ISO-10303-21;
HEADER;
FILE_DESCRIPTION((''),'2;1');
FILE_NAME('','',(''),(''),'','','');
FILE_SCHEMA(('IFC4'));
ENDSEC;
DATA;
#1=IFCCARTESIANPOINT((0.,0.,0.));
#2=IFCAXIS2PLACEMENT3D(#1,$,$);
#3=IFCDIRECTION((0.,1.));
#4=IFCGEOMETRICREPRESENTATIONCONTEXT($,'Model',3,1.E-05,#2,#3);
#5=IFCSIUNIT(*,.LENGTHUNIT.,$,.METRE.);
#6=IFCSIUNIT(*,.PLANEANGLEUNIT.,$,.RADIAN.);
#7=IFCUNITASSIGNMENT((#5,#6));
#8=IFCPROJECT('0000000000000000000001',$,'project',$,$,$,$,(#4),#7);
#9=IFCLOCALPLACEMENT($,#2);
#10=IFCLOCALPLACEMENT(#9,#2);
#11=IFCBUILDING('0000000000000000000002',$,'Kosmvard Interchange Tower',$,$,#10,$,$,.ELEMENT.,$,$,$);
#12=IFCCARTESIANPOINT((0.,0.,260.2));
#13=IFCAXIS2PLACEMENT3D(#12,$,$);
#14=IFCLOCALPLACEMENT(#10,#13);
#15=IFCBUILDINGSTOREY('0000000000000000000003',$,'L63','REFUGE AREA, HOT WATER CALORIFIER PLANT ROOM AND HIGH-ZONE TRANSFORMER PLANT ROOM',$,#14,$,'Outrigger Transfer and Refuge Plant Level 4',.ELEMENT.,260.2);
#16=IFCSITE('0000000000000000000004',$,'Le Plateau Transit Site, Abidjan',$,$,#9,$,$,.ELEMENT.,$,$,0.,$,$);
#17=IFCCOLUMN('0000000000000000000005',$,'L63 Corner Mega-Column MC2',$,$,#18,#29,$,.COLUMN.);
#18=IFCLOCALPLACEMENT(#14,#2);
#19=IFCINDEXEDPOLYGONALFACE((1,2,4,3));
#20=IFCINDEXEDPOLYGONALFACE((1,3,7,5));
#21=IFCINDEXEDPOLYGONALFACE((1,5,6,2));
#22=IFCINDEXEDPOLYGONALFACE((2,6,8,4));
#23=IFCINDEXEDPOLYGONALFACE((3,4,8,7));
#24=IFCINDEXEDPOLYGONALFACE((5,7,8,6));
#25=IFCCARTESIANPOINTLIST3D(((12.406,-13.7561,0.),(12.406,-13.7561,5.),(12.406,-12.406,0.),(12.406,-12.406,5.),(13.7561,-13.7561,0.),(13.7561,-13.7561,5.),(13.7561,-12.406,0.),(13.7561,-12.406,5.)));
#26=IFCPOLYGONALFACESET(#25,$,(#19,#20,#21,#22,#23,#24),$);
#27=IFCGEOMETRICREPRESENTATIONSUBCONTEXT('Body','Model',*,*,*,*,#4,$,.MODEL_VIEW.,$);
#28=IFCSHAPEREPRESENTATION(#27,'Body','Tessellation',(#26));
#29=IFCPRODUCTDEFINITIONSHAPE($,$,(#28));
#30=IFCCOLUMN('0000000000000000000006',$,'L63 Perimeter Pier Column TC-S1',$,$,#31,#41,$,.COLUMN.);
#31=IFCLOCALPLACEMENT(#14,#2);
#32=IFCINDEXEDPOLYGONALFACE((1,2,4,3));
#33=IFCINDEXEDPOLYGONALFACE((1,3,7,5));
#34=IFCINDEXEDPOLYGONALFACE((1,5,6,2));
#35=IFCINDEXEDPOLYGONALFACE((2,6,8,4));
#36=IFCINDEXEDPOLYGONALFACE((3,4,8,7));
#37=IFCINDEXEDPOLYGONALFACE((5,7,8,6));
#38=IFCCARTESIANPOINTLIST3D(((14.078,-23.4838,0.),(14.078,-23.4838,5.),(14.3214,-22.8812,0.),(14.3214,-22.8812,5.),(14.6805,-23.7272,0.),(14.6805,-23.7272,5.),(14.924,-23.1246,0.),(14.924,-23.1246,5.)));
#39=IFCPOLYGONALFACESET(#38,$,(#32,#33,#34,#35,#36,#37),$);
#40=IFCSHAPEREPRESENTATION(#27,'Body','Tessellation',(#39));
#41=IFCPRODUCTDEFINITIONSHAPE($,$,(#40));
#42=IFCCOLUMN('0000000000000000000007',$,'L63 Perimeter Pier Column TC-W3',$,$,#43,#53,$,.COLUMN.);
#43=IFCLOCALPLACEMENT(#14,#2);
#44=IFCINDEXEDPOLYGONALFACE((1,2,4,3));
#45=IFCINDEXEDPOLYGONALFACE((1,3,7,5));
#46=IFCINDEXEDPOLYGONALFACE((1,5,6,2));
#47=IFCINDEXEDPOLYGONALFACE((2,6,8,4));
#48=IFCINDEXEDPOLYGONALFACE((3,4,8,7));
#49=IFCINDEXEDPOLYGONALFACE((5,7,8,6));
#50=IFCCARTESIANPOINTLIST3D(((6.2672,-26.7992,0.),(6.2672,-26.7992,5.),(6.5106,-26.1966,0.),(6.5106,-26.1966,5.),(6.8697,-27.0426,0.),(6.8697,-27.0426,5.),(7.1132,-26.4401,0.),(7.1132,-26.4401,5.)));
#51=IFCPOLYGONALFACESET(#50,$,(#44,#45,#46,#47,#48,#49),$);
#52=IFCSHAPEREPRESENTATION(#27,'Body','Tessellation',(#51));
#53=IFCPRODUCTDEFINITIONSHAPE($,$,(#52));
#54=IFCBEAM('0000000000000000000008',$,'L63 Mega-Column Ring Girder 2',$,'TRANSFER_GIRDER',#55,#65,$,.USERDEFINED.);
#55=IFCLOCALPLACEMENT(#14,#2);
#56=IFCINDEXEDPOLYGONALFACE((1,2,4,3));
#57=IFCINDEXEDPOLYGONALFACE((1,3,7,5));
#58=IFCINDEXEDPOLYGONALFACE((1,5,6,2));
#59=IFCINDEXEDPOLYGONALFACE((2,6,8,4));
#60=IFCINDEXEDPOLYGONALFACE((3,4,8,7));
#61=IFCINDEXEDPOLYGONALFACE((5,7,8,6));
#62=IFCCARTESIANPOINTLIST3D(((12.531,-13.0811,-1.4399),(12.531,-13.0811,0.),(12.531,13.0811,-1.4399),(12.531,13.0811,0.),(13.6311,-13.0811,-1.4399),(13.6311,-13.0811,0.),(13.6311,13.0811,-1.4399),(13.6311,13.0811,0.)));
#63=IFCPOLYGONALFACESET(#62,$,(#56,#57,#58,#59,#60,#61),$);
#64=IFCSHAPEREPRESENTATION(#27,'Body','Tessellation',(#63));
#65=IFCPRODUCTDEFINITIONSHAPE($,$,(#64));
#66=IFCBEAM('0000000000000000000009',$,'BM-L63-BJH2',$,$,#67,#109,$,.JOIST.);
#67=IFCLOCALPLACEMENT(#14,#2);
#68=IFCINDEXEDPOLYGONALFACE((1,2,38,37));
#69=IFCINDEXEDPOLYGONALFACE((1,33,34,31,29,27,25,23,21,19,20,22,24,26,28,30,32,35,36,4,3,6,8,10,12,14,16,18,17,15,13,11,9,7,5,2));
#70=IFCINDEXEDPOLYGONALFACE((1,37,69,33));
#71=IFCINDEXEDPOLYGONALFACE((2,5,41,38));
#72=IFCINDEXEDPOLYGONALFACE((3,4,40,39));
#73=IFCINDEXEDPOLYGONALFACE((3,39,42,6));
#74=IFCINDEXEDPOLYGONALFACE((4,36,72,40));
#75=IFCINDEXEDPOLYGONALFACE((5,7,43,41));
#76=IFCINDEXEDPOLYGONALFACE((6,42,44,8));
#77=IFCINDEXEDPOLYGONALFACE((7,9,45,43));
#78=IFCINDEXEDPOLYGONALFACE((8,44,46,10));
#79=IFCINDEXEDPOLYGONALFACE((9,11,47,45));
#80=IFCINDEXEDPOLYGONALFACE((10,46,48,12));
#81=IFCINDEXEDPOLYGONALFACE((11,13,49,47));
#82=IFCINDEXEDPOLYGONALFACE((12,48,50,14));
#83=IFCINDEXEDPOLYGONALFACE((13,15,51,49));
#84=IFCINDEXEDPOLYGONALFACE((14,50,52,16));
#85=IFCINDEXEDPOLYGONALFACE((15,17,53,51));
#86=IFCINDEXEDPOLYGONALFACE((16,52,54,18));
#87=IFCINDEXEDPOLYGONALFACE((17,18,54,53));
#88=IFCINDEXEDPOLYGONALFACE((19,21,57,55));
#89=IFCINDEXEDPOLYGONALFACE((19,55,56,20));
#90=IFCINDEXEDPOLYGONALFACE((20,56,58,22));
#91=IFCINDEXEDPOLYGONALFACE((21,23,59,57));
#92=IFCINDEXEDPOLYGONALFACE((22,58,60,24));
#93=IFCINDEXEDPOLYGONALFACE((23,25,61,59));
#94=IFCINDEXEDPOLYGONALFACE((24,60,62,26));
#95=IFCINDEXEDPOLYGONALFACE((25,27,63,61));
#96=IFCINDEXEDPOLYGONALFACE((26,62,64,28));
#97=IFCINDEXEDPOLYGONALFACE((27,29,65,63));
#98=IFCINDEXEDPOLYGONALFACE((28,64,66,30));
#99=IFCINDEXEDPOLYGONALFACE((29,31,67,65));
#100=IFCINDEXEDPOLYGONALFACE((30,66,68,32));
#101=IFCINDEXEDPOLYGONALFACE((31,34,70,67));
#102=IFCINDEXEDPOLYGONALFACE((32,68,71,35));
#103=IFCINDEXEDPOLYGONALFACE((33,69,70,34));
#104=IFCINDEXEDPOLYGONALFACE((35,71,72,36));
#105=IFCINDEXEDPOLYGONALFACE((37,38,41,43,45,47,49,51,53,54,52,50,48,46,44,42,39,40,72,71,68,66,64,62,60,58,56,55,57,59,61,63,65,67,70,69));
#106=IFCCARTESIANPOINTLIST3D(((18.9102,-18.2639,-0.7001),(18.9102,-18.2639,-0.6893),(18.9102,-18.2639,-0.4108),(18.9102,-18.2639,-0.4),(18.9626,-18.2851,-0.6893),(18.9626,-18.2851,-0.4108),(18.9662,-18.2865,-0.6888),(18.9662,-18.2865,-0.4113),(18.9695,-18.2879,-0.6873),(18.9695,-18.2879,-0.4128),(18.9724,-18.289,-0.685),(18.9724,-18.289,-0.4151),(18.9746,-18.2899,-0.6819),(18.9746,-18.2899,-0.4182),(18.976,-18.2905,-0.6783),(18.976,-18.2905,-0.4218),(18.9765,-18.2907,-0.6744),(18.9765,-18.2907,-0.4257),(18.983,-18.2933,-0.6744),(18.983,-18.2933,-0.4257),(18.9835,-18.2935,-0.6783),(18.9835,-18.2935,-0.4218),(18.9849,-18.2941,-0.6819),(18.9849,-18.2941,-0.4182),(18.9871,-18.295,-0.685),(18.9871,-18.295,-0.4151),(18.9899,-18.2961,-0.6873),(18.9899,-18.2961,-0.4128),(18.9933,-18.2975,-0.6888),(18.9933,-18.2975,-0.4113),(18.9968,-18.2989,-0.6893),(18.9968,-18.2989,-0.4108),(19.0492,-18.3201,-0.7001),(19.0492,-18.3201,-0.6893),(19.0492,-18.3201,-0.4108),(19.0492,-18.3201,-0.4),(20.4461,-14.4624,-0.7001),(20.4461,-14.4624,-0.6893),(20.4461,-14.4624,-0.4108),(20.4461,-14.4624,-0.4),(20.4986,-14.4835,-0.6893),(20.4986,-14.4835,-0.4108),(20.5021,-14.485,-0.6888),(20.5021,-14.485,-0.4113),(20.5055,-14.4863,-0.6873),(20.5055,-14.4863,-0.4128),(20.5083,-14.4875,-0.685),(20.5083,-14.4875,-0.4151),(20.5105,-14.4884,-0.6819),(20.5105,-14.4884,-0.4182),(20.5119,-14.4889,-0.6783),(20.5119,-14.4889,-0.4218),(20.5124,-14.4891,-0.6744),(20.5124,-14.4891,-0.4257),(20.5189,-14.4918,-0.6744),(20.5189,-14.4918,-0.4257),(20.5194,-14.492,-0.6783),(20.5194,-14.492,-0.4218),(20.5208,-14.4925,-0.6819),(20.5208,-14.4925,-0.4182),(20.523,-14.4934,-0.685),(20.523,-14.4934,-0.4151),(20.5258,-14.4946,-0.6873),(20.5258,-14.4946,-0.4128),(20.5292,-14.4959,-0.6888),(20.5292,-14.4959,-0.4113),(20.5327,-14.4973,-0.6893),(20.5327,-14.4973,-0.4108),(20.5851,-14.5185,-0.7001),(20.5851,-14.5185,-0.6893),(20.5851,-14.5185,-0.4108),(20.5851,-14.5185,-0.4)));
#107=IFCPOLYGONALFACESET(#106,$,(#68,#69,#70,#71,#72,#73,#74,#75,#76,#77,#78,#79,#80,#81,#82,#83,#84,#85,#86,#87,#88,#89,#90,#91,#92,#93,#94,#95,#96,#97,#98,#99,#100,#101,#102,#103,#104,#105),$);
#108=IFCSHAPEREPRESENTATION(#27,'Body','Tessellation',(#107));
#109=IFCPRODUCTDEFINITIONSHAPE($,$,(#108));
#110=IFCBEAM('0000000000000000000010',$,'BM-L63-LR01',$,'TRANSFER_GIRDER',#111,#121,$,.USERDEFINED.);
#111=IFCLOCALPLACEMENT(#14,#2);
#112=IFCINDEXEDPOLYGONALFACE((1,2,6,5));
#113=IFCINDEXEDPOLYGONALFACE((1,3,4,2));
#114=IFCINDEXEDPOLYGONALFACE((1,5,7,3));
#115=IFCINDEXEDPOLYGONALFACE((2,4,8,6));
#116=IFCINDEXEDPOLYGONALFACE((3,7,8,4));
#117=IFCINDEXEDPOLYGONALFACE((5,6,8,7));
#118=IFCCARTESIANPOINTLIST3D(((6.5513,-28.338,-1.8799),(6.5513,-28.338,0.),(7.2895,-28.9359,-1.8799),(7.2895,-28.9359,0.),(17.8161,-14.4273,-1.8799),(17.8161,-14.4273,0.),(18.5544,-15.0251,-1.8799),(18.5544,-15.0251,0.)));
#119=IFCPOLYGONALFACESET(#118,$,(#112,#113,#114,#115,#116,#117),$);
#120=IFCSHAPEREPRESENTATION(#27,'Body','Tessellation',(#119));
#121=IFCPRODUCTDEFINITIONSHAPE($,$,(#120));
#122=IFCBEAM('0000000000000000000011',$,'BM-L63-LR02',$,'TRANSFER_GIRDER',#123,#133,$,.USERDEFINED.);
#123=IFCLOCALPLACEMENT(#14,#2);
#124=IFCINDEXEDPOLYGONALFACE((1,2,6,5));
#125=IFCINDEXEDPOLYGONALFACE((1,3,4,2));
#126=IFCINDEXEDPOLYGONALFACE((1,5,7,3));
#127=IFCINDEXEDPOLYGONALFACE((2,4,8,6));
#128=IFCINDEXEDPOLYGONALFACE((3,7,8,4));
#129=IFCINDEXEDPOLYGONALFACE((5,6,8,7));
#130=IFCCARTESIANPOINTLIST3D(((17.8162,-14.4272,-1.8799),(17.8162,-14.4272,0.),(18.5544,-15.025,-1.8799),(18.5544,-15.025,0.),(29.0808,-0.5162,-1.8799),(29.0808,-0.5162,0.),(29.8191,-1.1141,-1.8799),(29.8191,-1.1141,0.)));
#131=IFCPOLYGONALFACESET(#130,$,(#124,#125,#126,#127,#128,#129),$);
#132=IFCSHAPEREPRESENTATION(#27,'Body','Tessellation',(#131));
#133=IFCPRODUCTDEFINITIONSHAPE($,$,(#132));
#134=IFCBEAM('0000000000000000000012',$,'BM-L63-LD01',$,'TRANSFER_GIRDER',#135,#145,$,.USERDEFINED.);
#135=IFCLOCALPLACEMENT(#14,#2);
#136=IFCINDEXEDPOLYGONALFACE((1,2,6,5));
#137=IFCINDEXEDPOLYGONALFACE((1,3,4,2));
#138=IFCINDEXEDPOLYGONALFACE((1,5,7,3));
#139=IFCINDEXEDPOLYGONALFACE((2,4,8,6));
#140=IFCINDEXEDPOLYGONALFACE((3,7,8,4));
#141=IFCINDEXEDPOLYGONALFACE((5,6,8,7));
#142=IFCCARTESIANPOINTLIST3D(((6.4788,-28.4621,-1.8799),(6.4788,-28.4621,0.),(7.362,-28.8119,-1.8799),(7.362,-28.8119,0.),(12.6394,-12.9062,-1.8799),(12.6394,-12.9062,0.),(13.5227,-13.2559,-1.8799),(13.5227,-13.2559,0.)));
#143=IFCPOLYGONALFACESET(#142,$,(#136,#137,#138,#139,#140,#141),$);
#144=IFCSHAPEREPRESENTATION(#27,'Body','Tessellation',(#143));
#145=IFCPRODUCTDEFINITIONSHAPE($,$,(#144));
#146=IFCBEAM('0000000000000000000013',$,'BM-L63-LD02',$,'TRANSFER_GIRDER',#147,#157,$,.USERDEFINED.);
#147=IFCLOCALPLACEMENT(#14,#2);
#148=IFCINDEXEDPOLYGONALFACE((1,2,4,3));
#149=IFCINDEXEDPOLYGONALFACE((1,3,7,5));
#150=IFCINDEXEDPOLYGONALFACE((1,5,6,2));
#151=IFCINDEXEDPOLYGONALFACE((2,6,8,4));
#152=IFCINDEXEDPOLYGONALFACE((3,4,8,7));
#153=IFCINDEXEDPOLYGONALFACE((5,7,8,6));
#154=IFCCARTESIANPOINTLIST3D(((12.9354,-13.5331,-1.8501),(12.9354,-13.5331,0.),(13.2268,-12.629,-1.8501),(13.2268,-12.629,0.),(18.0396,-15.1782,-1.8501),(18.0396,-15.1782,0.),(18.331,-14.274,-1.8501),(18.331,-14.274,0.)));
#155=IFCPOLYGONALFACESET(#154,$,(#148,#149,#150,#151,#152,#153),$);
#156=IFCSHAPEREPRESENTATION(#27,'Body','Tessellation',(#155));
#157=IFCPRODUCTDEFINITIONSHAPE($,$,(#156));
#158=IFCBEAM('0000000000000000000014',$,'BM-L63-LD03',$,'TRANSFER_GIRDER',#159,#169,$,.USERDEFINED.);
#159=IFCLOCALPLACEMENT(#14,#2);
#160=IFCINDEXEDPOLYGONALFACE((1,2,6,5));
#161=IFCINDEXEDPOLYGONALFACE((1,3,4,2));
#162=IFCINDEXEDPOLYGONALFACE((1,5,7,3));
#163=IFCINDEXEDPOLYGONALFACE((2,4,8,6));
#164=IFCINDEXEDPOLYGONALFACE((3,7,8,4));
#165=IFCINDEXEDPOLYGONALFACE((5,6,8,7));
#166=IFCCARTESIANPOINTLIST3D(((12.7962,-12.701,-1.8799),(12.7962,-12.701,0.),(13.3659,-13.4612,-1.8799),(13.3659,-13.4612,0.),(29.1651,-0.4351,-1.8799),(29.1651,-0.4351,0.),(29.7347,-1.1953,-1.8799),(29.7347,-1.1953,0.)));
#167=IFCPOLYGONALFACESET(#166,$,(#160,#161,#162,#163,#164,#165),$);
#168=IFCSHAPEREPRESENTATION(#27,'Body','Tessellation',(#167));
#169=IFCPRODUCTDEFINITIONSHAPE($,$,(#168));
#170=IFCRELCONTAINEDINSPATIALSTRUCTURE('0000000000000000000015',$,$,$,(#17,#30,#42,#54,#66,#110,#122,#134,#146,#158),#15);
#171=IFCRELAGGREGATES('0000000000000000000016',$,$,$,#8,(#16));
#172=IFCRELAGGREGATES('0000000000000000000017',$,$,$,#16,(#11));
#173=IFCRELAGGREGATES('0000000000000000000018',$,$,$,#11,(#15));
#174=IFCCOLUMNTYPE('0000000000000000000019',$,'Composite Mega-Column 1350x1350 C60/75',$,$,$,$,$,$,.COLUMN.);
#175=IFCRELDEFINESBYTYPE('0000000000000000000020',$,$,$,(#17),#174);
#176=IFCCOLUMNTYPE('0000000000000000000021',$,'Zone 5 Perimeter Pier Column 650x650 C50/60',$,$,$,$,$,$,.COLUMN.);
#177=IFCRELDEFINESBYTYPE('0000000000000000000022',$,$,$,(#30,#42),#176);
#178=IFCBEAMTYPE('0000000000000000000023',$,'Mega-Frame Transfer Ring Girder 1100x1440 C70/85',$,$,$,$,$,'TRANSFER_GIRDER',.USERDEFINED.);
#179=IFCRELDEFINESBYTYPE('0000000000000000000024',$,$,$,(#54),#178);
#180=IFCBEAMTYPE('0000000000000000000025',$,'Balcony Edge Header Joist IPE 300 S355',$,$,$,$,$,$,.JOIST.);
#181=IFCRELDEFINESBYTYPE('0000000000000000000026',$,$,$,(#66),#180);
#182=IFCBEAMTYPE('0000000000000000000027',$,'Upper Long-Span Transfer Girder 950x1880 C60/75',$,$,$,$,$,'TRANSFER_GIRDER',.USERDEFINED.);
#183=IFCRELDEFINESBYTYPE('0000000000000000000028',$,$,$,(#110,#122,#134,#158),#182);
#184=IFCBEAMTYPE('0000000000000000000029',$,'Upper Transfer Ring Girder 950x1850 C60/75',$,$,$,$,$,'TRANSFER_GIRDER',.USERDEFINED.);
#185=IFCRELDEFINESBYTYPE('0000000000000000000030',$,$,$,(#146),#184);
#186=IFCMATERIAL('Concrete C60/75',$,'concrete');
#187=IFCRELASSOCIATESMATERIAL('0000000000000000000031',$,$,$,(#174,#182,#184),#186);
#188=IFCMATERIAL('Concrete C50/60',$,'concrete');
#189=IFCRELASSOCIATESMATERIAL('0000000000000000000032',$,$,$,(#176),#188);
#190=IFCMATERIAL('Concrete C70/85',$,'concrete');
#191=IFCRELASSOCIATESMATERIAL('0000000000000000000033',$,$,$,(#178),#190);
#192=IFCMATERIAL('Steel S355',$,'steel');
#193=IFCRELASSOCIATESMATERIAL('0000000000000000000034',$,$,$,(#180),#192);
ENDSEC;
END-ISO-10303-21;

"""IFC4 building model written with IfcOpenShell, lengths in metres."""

from ifc_helpers import new_model, si_unit, direction, frame, origin, origin_2d, place, context, subcontext, project, spatial, rectangle, i_section, extrude, source, transform, mapped, material, material_profile, profile_set, type_object, element, save


model = new_model("IFC4")

# Units and contexts
model_context = context("Model", 3, precision=1e-05, world=origin(), true_north=direction((0.0, 1.0)))
body_context = subcontext(model_context, "Body", "Model", "MODEL_VIEW")
ifc_project = project(units=[si_unit("LENGTHUNIT", "METRE"), si_unit("PLANEANGLEUNIT", "RADIAN")], contexts=[model_context])

# Site, building, storey
site_placement = place(None, origin())
site = spatial("IfcSite", under=ifc_project, at=site_placement, Name="Le Plateau Transit Site, Abidjan", CompositionType="ELEMENT", RefElevation=0.0)
building_placement = place(site_placement, origin())
building = spatial("IfcBuilding", under=site, at=building_placement, Name="Kosmvard Interchange Tower", CompositionType="ELEMENT")
storey_placement = place(building_placement, frame((0.0, 0.0, 260.2)))
storey = spatial("IfcBuildingStorey", under=building, at=storey_placement, Name="L63", Description="REFUGE AREA, HOT WATER CALORIFIER PLANT ROOM AND HIGH-ZONE TRANSFORMER PLANT ROOM", LongName="Outrigger Transfer and Refuge Plant Level 4", CompositionType="ELEMENT", Elevation=260.2)

# Columns
ifc_material_1 = material(Name="Concrete C60/75", Category="concrete")
ifc_material_profile_1 = material_profile(ifc_material_1, rectangle(XDim=1.3501, YDim=1.3501, at=origin_2d()), Name="MC 1350x1350")
ifc_profile_set_1 = profile_set([ifc_material_profile_1], Name="Concrete C60/75")
column_type_1 = type_object("IfcColumnType", Name="Composite Mega-Column 1350x1350 C60/75", PredefinedType="COLUMN", material=ifc_profile_set_1)
shared_shape_1 = source(origin(), body_context, "Body", "SweptSolid", [
    extrude(rectangle(XDim=1.3501, YDim=1.3501, at=origin_2d()), origin(), (0.0, 0.0, 1.0), 5.0),
])
column_placement = place(storey_placement, frame((13.0811, -13.0811, 0.0), z_axis=(0.0, 0.0, 1.0), x_axis=(1.0, 0.0, 0.0)))
element("IfcColumn", 1, at=column_placement, inside=storey, type_object=column_type_1, Name="L63 Corner Mega-Column MC2", PredefinedType="COLUMN", context=body_context, shape_type="MappedRepresentation", body=[
    mapped(shared_shape_1, transform((0.0, 0.0, 0.0), scale=1.0)),
])
ifc_material_2 = material(Name="Concrete C50/60", Category="concrete")
ifc_material_profile_2 = material_profile(ifc_material_2, rectangle(XDim=0.6499, YDim=0.6499, at=origin_2d()), Name="TC 650x650")
ifc_profile_set_2 = profile_set([ifc_material_profile_2], Name="Concrete C50/60")
column_type_2 = type_object("IfcColumnType", Name="Zone 5 Perimeter Pier Column 650x650 C50/60", PredefinedType="COLUMN", material=ifc_profile_set_2)
shared_shape_2 = source(origin(), body_context, "Body", "SweptSolid", [
    extrude(rectangle(XDim=0.6499, YDim=0.6499, at=origin_2d()), origin(), (0.0, 0.0, 1.0), 5.0),
])
for number, where, z_axis, x_axis, name in (
    (2, (14.501, -23.3042, 0.0), (0.0, 0.0, 1.0), (0.374607, 0.927184, 0.0), "L63 Perimeter Pier Column TC-S1"),
    (3, (6.6902, -26.6196, 0.0), (0.0, 0.0, 1.0), (0.374607, 0.927184, 0.0), "L63 Perimeter Pier Column TC-W3"),
):
    element("IfcColumn", number, at=place(storey_placement, frame(where, z_axis=z_axis, x_axis=x_axis)), inside=storey, type_object=column_type_2, Name=name, PredefinedType="COLUMN", context=body_context, shape_type="MappedRepresentation", body=[
        mapped(shared_shape_2, transform((0.0, 0.0, 0.0), scale=1.0)),
    ])

# Beams
ifc_material_3 = material(Name="Concrete C70/85", Category="concrete")
ifc_material_profile_3 = material_profile(ifc_material_3, rectangle(XDim=1.1001, YDim=1.4399, at=origin_2d()), Name="TG 1100x1440")
ifc_profile_set_3 = profile_set([ifc_material_profile_3], Name="Concrete C70/85")
beam_type_1 = type_object("IfcBeamType", Name="Mega-Frame Transfer Ring Girder 1100x1440 C70/85", ElementType="TRANSFER_GIRDER", PredefinedType="USERDEFINED", material=ifc_profile_set_3)
shared_shape_3 = source(origin(), body_context, "Body", "SweptSolid", [
    extrude(rectangle(XDim=1.1001, YDim=1.4399, at=origin_2d()), origin(), (0.0, 0.0, 1.0), 26.1621),
])
beam_1_placement = place(storey_placement, frame((13.0811, -13.0811, -0.72), z_axis=(0.0, 1.0, 0.0), x_axis=(-1.0, 0.0, 0.0)))
element("IfcBeam", 4, at=beam_1_placement, inside=storey, type_object=beam_type_1, Name="L63 Mega-Column Ring Girder 2", ObjectType="TRANSFER_GIRDER", PredefinedType="USERDEFINED", context=body_context, shape_type="MappedRepresentation", body=[
    mapped(shared_shape_3, transform((0.0, 0.0, 0.0), scale=1.0)),
])
ifc_material_4 = material(Name="Steel S355", Category="steel")
ifc_material_profile_4 = material_profile(ifc_material_4, i_section(OverallWidth=0.1499, OverallDepth=0.3, WebThickness=0.0071, FlangeThickness=0.0107, FilletRadius=0.0149, at=origin_2d()), Name="IPE 300")
ifc_profile_set_4 = profile_set([ifc_material_profile_4], Name="Steel S355")
beam_type_2 = type_object("IfcBeamType", Name="Balcony Edge Header Joist IPE 300 S355", PredefinedType="JOIST", material=ifc_profile_set_4)
shared_shape_4 = source(origin(), body_context, "Body", "SweptSolid", [
    extrude(i_section(OverallWidth=0.1499, OverallDepth=0.3, WebThickness=0.0071, FlangeThickness=0.0107, FilletRadius=0.0149, at=origin_2d()), origin(), (0.0, 0.0, 1.0), 4.1001),
])
beam_2_placement = place(storey_placement, frame((18.9797, -18.292, -0.55), z_axis=(0.374602, 0.927186, 0.0), x_axis=(-0.927186, 0.374602, 0.0)))
element("IfcBeam", 5, at=beam_2_placement, inside=storey, type_object=beam_type_2, Name="BM-L63-BJH2", PredefinedType="JOIST", context=body_context, shape_type="MappedRepresentation", body=[
    mapped(shared_shape_4, transform((0.0, 0.0, 0.0), scale=1.0)),
])
ifc_material_profile_5 = material_profile(ifc_material_1, rectangle(XDim=0.95, YDim=1.8799, at=origin_2d()), Name="TG 950x1880")
ifc_profile_set_5 = profile_set([ifc_material_profile_5], Name="Concrete C60/75")
beam_type_3 = type_object("IfcBeamType", Name="Upper Long-Span Transfer Girder 950x1880 C60/75", ElementType="TRANSFER_GIRDER", PredefinedType="USERDEFINED", material=ifc_profile_set_5)
shared_shape_5 = source(origin(), body_context, "Body", "SweptSolid", [
    extrude(rectangle(XDim=0.95, YDim=1.8799, at=origin_2d()), origin(), (0.0, 0.0, 1.0), 17.8999),
])
for number, where, z_axis, x_axis, name in (
    (6, (6.9204, -28.637, -0.9399), (0.629323, 0.777144, 0.0), (-0.777144, 0.629323, 0.0), "BM-L63-LR01"),
    (7, (18.1853, -14.7261, -0.9399), (0.629315, 0.777151, 0.0), (-0.777151, 0.629315, 0.0), "BM-L63-LR02"),
):
    element("IfcBeam", number, at=place(storey_placement, frame(where, z_axis=z_axis, x_axis=x_axis)), inside=storey, type_object=beam_type_3, Name=name, ObjectType="TRANSFER_GIRDER", PredefinedType="USERDEFINED", context=body_context, shape_type="MappedRepresentation", body=[
        mapped(shared_shape_5, transform((0.0, 0.0, 0.0), scale=1.0)),
    ])
shared_shape_6 = source(origin(), body_context, "Body", "SweptSolid", [
    extrude(rectangle(XDim=0.95, YDim=1.8799, at=origin_2d()), origin(), (0.0, 0.0, 1.0), 16.7314),
])
beam_3_placement = place(storey_placement, frame((13.0811, -13.0811, -0.9399), z_axis=(-0.368209, -0.929743, 0.0), x_axis=(0.929743, -0.368209, 0.0)))
element("IfcBeam", 8, at=beam_3_placement, inside=storey, type_object=beam_type_3, Name="BM-L63-LD01", ObjectType="TRANSFER_GIRDER", PredefinedType="USERDEFINED", context=body_context, shape_type="MappedRepresentation", body=[
    mapped(shared_shape_6, transform((0.0, 0.0, 0.0), scale=1.0)),
])
ifc_material_profile_6 = material_profile(ifc_material_1, rectangle(XDim=0.95, YDim=1.8501, at=origin_2d()), Name="TG 950x1850")
ifc_profile_set_6 = profile_set([ifc_material_profile_6], Name="Concrete C60/75")
beam_type_4 = type_object("IfcBeamType", Name="Upper Transfer Ring Girder 950x1850 C60/75", ElementType="TRANSFER_GIRDER", PredefinedType="USERDEFINED", material=ifc_profile_set_6)
shared_shape_7 = source(origin(), body_context, "Body", "SweptSolid", [
    extrude(rectangle(XDim=0.95, YDim=1.8501, at=origin_2d()), origin(), (0.0, 0.0, 1.0), 5.3628),
])
beam_4_placement = place(storey_placement, frame((13.0811, -13.0811, -0.925), z_axis=(0.951791, -0.306747, 0.0), x_axis=(0.306747, 0.951791, 0.0)))
element("IfcBeam", 9, at=beam_4_placement, inside=storey, type_object=beam_type_4, Name="BM-L63-LD02", ObjectType="TRANSFER_GIRDER", PredefinedType="USERDEFINED", context=body_context, shape_type="MappedRepresentation", body=[
    mapped(shared_shape_7, transform((0.0, 0.0, 0.0), scale=1.0)),
])
shared_shape_8 = source(origin(), body_context, "Body", "SweptSolid", [
    extrude(rectangle(XDim=0.95, YDim=1.8799, at=origin_2d()), origin(), (0.0, 0.0, 1.0), 20.4546),
])
beam_5_placement = place(storey_placement, frame((13.0811, -13.0811, -0.9399), z_axis=(0.800253, 0.599662, 0.0), x_axis=(-0.599662, 0.800253, 0.0)))
element("IfcBeam", 10, at=beam_5_placement, inside=storey, type_object=beam_type_3, Name="BM-L63-LD03", ObjectType="TRANSFER_GIRDER", PredefinedType="USERDEFINED", context=body_context, shape_type="MappedRepresentation", body=[
    mapped(shared_shape_8, transform((0.0, 0.0, 0.0), scale=1.0)),
])

save(model, "model.ifc")
